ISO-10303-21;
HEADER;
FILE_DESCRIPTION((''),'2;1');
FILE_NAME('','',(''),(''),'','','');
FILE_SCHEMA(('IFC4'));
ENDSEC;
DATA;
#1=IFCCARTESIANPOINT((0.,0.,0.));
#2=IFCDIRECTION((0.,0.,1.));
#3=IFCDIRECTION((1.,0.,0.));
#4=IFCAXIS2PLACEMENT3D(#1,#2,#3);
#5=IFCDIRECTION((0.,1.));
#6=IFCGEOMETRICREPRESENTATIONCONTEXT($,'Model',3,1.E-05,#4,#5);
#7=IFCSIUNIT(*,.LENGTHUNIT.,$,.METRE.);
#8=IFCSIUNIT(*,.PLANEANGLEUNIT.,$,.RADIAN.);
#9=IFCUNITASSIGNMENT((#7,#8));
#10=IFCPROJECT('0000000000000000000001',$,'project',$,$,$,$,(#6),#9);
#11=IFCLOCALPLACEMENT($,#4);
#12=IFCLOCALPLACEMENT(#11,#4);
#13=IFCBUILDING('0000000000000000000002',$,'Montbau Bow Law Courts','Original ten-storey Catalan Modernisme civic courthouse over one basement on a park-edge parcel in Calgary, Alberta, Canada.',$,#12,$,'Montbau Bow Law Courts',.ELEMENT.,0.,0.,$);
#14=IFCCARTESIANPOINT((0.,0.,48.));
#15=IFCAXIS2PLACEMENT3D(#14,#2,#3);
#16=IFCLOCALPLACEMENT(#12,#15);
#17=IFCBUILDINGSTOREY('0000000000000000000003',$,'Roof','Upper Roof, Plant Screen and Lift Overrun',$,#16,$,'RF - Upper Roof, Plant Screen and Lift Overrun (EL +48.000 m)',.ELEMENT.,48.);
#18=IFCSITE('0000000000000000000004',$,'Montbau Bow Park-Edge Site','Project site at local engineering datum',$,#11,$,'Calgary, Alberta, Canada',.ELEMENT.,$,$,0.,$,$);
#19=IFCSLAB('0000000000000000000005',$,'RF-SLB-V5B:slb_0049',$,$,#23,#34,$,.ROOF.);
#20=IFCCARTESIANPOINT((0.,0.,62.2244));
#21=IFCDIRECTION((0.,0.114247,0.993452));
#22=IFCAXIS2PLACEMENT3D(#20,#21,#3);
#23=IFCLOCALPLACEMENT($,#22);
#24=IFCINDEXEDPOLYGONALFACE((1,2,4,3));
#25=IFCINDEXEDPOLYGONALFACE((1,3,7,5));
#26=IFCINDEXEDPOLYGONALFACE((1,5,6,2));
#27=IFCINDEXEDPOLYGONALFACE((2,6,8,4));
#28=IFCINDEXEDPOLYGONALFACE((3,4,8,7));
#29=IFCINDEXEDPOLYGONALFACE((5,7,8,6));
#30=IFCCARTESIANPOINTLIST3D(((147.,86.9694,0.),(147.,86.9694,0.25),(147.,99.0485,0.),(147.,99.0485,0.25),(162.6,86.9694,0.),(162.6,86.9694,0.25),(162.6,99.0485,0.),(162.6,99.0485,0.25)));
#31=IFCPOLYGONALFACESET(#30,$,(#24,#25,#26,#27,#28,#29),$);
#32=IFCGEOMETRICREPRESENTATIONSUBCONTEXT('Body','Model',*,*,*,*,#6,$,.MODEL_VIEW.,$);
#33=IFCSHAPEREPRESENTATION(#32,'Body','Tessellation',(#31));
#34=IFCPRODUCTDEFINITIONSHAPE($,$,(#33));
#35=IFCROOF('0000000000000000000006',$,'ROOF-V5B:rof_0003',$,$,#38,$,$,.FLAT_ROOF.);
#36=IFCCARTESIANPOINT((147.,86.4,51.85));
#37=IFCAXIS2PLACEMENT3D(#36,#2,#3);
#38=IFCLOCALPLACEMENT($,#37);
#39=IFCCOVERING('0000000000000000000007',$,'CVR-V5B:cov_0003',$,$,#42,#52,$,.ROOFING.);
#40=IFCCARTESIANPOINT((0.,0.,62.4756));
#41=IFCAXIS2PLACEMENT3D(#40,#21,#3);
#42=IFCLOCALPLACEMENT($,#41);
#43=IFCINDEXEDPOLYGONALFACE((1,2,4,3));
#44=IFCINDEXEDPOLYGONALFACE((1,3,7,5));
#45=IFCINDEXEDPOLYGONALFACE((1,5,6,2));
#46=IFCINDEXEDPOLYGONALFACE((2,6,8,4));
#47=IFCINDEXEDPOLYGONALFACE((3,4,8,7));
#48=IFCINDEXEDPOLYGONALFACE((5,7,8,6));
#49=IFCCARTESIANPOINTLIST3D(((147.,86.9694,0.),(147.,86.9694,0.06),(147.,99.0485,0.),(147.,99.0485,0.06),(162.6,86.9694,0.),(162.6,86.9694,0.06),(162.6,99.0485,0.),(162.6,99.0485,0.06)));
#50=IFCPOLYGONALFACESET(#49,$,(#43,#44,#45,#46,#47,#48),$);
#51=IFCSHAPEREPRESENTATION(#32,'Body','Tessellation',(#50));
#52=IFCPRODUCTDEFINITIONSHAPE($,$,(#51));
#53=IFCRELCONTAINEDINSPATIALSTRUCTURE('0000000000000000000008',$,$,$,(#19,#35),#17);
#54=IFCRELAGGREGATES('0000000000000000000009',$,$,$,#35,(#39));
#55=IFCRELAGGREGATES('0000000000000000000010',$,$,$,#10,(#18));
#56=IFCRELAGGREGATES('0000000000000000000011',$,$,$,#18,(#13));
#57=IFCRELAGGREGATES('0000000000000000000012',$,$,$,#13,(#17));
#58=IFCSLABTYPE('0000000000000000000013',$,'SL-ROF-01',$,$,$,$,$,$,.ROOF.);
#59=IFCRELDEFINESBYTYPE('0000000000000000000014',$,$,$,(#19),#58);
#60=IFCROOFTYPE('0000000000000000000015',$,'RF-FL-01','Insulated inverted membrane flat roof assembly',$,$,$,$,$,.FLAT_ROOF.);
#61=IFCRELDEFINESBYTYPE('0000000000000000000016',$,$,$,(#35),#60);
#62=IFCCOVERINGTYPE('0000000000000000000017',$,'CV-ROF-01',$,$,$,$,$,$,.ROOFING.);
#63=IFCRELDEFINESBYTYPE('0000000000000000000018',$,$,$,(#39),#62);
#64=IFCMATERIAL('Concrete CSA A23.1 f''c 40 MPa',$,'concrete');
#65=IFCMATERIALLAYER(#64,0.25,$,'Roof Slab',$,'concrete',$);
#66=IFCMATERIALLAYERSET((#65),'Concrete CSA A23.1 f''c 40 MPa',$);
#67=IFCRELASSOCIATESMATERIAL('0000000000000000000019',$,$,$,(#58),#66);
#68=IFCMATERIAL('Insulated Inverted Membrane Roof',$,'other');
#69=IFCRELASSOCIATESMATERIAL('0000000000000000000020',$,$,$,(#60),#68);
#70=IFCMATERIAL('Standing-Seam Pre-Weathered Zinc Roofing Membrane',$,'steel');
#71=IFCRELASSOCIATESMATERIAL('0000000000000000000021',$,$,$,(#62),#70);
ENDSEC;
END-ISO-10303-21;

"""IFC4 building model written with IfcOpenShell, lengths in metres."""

from ifc_helpers import new_model, si_unit, direction, frame, origin_with_axes, place, context, subcontext, project, spatial, polyline, outline, extrude, material, layer, layer_set, type_object, element, aggregate, save


model = new_model("IFC4")

# Units and contexts
model_context = context("Model", 3, precision=1e-05, world=origin_with_axes(), true_north=direction((0.0, 1.0)))
body_context = subcontext(model_context, "Body", "Model", "MODEL_VIEW")
ifc_project = project(units=[si_unit("LENGTHUNIT", "METRE"), si_unit("PLANEANGLEUNIT", "RADIAN")], contexts=[model_context])

# Site, building, storey
site_placement = place(None, origin_with_axes())
site = spatial("IfcSite", under=ifc_project, at=site_placement, Name="Montbau Bow Park-Edge Site", Description="Project site at local engineering datum", LongName="Calgary, Alberta, Canada", CompositionType="ELEMENT", RefElevation=0.0)
building_placement = place(site_placement, origin_with_axes())
building = spatial("IfcBuilding", under=site, at=building_placement, Name="Montbau Bow Law Courts", Description="Original ten-storey Catalan Modernisme civic courthouse over one basement on a park-edge parcel in Calgary, Alberta, Canada.", LongName="Montbau Bow Law Courts", CompositionType="ELEMENT", ElevationOfRefHeight=0.0, ElevationOfTerrain=0.0)
storey_placement = place(building_placement, frame((0.0, 0.0, 48.0), z_axis=(0.0, 0.0, 1.0), x_axis=(1.0, 0.0, 0.0)))
storey = spatial("IfcBuildingStorey", under=building, at=storey_placement, Name="Roof", Description="Upper Roof, Plant Screen and Lift Overrun", LongName="RF - Upper Roof, Plant Screen and Lift Overrun (EL +48.000 m)", CompositionType="ELEMENT", Elevation=48.0)

# Slab
ifc_material_1 = material(Name="Concrete CSA A23.1 f'c 40 MPa", Category="concrete")
ifc_layer_1 = layer(ifc_material_1, 0.25, Name="Roof Slab", Category="concrete")
ifc_layer_set_1 = layer_set([ifc_layer_1], Name="Concrete CSA A23.1 f'c 40 MPa")
slab_type_1 = type_object("IfcSlabType", Name="SL-ROF-01", PredefinedType="ROOF", material=ifc_layer_set_1)
slab_1_placement = place(None, frame((0.0, 0.0, 62.2244), z_axis=(0.0, 0.114247, 0.993452), x_axis=(1.0, 0.0, 0.0)))
element("IfcSlab", 1, at=slab_1_placement, inside=storey, type_object=slab_type_1, Name="RF-SLB-V5B:slb_0049", PredefinedType="ROOF", context=body_context, shape_type="SweptSolid", body=[
    extrude(outline(polyline([(147.0, 86.9694), (162.6, 86.9694), (162.6, 99.0485), (147.0, 99.0485), (147.0, 86.9694)])), origin_with_axes(), (0.0, 0.0, 1.0), 0.25),
])

# Roof, covering
ifc_material_2 = material(Name="Insulated Inverted Membrane Roof", Category="other")
roof_type = type_object("IfcRoofType", Name="RF-FL-01", Description="Insulated inverted membrane flat roof assembly", PredefinedType="FLAT_ROOF", material=ifc_material_2)
ifc_material_3 = material(Name="Standing-Seam Pre-Weathered Zinc Roofing Membrane", Category="steel")
covering_type = type_object("IfcCoveringType", Name="CV-ROF-01", PredefinedType="ROOFING", material=ifc_material_3)
roof_1_placement = place(None, frame((147.0, 86.4, 51.85), z_axis=(0.0, 0.0, 1.0), x_axis=(1.0, 0.0, 0.0)))
roof_1 = element("IfcRoof", 2, at=roof_1_placement, inside=storey, type_object=roof_type, Name="ROOF-V5B:rof_0003", PredefinedType="FLAT_ROOF")
covering_1_placement = place(None, frame((0.0, 0.0, 62.4756), z_axis=(0.0, 0.114247, 0.993452), x_axis=(1.0, 0.0, 0.0)))
covering_1 = element("IfcCovering", 3, at=covering_1_placement, type_object=covering_type, Name="CVR-V5B:cov_0003", PredefinedType="ROOFING", context=body_context, shape_type="SweptSolid", body=[
    extrude(outline(polyline([(147.0, 86.9694), (162.6, 86.9694), (162.6, 99.0485), (147.0, 99.0485), (147.0, 86.9694)])), origin_with_axes(), (0.0, 0.0, 1.0), 0.06),
])
aggregate(roof_1, [covering_1])

save(model, "model.ifc")
